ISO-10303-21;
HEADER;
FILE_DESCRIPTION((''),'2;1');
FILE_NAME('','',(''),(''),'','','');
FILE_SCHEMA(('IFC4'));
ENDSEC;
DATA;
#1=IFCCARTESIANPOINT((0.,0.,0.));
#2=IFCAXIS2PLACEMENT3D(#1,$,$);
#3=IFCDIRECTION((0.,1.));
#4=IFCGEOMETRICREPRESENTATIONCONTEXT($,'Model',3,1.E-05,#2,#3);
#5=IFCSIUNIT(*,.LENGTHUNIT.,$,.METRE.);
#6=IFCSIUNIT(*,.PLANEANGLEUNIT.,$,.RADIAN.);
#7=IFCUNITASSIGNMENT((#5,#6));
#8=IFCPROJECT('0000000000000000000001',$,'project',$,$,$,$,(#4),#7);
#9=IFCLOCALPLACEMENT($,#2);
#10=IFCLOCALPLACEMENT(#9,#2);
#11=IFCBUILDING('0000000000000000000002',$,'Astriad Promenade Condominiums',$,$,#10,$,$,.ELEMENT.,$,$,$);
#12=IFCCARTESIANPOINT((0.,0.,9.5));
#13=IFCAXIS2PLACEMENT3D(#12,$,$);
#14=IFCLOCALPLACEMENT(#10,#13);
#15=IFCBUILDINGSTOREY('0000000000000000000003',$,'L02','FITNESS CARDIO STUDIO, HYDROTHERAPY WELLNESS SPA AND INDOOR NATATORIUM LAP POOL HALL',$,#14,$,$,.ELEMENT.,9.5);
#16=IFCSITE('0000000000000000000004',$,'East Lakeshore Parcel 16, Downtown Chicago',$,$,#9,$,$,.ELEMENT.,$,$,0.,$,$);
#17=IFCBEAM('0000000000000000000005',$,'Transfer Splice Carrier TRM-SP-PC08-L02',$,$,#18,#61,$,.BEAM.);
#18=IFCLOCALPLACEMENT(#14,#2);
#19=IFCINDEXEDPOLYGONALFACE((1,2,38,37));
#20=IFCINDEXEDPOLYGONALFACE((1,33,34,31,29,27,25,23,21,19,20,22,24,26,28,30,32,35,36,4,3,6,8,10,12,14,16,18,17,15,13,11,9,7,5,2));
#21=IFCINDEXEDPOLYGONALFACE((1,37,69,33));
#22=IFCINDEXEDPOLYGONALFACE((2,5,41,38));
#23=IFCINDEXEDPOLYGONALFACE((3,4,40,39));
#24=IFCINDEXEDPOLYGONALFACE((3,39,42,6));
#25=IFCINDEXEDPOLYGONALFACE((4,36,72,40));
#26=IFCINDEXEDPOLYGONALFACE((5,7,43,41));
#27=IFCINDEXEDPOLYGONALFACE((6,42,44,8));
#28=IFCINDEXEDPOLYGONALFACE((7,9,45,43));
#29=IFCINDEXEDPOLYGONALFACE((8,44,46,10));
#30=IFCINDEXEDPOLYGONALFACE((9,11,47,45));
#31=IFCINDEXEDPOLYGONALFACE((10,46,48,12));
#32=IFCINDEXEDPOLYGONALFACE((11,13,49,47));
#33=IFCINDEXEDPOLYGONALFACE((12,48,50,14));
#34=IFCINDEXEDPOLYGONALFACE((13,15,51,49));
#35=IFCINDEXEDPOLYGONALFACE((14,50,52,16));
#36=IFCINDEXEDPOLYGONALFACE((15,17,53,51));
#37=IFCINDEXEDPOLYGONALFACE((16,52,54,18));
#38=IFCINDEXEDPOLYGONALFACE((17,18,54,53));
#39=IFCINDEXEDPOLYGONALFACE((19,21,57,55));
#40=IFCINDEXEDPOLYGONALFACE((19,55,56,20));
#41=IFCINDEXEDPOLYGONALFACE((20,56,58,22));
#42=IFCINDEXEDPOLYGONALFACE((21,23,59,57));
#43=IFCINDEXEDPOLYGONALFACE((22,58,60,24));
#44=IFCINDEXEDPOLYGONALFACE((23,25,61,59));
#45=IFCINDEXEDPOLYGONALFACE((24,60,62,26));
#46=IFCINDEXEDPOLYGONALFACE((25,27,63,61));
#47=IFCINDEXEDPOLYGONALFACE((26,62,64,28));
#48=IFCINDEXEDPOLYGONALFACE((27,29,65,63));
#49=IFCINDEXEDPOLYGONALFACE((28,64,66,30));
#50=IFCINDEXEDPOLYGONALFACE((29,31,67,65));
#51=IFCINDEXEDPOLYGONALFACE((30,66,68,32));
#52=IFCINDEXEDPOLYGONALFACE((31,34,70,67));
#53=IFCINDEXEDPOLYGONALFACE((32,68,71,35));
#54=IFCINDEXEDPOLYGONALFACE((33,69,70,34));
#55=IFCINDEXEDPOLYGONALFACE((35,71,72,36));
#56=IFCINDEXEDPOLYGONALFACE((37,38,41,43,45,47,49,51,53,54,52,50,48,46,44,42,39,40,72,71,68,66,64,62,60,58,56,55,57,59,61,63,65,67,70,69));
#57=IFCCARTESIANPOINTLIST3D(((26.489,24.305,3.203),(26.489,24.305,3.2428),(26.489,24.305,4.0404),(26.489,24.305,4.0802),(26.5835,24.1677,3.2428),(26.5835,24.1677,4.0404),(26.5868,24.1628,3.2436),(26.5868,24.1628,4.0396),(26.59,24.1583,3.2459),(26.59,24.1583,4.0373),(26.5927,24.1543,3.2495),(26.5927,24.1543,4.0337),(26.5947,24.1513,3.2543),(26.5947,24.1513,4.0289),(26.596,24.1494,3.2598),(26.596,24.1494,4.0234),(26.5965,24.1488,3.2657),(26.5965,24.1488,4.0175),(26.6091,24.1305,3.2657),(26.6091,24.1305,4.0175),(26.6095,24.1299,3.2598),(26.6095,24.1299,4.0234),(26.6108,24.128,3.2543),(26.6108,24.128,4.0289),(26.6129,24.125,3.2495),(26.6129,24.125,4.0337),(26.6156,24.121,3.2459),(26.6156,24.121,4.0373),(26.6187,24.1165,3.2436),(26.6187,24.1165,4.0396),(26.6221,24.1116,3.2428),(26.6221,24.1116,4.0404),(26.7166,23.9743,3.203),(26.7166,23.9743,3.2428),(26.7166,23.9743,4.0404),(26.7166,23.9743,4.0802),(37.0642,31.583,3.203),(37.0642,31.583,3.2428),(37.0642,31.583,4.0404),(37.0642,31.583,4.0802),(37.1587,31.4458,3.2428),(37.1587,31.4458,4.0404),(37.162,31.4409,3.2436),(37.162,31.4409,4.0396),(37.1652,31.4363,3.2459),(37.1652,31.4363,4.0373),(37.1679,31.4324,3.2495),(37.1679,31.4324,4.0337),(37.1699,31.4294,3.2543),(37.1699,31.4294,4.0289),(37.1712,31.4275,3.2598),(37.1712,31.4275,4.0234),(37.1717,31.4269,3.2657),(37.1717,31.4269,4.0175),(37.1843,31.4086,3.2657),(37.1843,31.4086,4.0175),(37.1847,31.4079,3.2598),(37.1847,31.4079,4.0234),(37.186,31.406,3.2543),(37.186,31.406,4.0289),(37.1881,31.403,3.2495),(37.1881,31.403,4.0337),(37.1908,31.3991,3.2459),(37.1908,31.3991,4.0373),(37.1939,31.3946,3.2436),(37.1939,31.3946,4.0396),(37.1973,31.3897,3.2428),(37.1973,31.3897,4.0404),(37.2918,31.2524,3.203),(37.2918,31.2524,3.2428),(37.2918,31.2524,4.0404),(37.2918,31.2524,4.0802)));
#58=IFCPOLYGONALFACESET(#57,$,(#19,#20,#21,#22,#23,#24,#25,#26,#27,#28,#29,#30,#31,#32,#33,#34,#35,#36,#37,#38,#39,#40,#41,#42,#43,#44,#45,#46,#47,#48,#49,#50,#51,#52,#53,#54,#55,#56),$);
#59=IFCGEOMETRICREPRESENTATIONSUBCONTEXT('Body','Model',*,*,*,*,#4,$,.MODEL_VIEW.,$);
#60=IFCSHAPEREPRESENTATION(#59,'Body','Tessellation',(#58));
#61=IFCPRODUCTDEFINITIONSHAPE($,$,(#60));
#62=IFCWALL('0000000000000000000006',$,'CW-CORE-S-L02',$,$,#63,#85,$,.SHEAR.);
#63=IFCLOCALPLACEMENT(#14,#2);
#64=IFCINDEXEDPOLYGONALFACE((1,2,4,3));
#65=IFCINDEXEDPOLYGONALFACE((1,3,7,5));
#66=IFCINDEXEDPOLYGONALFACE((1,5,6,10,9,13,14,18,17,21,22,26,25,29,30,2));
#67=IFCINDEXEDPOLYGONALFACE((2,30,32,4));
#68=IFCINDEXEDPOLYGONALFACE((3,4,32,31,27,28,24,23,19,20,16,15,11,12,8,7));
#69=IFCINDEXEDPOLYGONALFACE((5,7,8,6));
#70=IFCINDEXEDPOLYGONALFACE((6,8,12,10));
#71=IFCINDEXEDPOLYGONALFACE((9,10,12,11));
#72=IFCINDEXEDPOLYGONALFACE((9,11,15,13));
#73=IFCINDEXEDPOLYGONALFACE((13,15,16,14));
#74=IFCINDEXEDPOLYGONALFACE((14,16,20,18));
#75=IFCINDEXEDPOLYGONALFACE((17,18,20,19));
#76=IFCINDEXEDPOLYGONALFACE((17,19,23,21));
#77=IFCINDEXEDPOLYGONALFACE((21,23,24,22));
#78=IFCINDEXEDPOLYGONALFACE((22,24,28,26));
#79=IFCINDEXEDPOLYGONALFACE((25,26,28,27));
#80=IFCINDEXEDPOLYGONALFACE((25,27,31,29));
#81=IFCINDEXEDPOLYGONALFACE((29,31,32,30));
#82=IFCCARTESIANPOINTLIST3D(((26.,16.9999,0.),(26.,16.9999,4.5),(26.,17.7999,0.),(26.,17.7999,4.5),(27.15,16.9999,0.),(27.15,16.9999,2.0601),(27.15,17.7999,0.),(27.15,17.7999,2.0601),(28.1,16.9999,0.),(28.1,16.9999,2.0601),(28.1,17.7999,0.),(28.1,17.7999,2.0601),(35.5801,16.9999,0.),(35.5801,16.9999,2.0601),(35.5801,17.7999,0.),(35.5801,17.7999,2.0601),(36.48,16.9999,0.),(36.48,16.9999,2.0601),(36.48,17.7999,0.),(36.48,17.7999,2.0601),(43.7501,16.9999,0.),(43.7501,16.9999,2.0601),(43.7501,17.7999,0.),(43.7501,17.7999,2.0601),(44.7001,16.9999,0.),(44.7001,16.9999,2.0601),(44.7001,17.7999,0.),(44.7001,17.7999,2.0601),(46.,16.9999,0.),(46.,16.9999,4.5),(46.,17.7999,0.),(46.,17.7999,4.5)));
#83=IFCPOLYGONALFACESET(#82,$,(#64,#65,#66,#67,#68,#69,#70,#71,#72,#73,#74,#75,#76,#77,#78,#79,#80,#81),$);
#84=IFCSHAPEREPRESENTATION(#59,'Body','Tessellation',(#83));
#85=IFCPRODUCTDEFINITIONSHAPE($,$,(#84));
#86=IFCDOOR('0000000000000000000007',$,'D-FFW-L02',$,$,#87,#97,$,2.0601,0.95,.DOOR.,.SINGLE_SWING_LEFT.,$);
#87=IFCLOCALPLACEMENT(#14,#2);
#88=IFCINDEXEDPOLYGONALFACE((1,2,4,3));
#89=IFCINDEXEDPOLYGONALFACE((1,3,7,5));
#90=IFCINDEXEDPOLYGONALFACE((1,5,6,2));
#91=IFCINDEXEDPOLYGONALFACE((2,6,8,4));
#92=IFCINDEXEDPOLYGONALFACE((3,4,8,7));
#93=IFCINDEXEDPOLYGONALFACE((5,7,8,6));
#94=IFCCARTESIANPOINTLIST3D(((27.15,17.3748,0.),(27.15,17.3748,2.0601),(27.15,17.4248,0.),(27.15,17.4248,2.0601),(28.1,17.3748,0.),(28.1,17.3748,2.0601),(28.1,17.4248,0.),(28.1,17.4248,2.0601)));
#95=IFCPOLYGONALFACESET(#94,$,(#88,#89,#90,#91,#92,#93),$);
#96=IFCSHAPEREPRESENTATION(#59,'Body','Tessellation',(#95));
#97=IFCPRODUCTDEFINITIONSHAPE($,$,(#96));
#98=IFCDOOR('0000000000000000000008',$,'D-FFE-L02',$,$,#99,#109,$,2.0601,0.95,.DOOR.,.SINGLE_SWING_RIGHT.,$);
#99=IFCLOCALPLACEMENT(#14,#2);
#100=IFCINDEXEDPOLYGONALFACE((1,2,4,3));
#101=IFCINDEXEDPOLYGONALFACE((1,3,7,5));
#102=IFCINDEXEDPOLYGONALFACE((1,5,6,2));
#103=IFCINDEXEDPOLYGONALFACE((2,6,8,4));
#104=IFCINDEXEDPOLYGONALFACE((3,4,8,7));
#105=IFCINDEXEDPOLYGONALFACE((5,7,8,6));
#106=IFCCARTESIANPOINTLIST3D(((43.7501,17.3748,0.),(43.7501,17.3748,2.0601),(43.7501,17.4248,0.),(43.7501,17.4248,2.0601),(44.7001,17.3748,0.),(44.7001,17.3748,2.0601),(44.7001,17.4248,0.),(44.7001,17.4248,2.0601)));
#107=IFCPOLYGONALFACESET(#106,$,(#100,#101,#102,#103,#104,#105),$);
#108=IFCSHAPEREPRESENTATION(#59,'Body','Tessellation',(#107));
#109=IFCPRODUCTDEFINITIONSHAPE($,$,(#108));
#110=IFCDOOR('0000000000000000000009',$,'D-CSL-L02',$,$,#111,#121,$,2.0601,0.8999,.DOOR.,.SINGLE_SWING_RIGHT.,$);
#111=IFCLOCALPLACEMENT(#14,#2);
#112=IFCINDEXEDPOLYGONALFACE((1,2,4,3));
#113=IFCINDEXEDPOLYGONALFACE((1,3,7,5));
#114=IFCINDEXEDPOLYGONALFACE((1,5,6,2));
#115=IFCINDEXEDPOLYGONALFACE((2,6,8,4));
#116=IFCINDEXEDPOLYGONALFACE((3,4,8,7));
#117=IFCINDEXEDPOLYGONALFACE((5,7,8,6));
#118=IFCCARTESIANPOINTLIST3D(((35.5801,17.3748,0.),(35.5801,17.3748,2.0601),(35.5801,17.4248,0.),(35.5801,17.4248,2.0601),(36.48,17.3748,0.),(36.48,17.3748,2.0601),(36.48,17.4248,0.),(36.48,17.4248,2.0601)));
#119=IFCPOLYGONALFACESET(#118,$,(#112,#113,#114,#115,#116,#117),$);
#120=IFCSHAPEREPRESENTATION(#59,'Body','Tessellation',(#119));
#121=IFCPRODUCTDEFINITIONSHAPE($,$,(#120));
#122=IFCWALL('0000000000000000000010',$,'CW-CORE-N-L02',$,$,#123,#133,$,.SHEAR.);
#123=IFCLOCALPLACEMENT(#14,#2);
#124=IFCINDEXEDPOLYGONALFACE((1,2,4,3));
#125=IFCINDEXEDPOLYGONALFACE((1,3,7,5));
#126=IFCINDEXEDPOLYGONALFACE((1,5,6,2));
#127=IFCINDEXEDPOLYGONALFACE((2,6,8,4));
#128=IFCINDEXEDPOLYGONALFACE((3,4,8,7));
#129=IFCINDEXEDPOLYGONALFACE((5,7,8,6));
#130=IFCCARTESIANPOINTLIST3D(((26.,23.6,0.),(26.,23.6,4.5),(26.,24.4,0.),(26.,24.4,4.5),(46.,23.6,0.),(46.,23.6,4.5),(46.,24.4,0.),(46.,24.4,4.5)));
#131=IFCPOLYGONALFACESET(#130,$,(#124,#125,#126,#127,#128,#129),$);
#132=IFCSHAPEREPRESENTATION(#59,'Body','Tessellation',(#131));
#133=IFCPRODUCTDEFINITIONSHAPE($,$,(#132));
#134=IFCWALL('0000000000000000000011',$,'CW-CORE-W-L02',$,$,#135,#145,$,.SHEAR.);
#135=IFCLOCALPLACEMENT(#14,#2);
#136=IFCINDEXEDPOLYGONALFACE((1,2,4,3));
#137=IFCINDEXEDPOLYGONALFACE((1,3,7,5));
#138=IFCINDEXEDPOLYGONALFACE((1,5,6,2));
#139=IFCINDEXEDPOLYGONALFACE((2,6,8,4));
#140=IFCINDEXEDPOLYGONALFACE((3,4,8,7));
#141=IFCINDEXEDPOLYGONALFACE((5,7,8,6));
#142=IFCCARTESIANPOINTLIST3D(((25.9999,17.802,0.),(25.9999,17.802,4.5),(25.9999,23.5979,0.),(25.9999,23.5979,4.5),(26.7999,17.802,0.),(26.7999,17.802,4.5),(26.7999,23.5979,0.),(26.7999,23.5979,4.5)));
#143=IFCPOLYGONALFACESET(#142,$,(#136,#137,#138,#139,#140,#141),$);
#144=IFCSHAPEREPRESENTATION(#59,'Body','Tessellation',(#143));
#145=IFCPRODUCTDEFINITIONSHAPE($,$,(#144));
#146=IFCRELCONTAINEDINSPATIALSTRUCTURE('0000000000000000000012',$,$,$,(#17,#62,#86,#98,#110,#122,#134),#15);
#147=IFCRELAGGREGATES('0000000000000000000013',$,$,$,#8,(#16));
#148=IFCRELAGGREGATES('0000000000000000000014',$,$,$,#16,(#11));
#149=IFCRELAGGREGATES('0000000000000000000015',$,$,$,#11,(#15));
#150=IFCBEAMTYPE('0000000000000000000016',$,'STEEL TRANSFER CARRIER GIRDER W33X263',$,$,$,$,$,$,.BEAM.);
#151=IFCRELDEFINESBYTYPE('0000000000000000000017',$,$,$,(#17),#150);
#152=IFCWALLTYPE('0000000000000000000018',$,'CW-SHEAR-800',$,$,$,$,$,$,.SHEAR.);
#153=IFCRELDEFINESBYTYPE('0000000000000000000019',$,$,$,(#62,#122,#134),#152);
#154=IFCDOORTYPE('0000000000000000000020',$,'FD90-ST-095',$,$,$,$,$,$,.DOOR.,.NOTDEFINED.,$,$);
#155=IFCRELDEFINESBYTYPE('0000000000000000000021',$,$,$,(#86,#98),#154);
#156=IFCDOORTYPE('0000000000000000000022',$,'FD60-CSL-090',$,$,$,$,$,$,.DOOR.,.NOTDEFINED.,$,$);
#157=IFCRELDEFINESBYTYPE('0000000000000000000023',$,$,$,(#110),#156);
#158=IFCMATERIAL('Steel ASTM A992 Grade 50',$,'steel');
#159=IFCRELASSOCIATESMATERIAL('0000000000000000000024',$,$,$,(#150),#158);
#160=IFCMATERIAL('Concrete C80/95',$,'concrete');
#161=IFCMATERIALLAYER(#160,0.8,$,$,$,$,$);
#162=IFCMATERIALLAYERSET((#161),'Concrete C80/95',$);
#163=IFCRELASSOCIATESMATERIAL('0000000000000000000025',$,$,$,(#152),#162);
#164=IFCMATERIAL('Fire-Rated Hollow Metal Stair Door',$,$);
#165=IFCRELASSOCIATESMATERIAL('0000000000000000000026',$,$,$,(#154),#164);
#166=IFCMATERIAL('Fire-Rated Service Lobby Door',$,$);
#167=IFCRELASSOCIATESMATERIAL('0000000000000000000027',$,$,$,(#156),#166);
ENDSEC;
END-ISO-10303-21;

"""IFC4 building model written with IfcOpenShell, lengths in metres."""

from ifc_helpers import new_model, si_unit, direction, frame, frame_2d, origin, origin_2d, place, context, subcontext, project, spatial, rectangle, i_section, extrude, source, transform, mapped, material, layer, layer_set, material_profile, profile_set, type_object, type_shapes, element, fill, save


model = new_model("IFC4")

# Units and contexts
model_context = context("Model", 3, precision=1e-05, world=origin(), true_north=direction((0.0, 1.0)))
body_context = subcontext(model_context, "Body", "Model", "MODEL_VIEW")
ifc_project = project(units=[si_unit("LENGTHUNIT", "METRE"), si_unit("PLANEANGLEUNIT", "RADIAN")], contexts=[model_context])

# Site, building, storey
site_placement = place(None, origin())
site = spatial("IfcSite", under=ifc_project, at=site_placement, Name="East Lakeshore Parcel 16, Downtown Chicago", CompositionType="ELEMENT", RefElevation=0.0)
building_placement = place(site_placement, origin())
building = spatial("IfcBuilding", under=site, at=building_placement, Name="Astriad Promenade Condominiums", CompositionType="ELEMENT")
storey_placement = place(building_placement, frame((0.0, 0.0, 9.5)))
storey = spatial("IfcBuildingStorey", under=building, at=storey_placement, Name="L02", Description="FITNESS CARDIO STUDIO, HYDROTHERAPY WELLNESS SPA AND INDOOR NATATORIUM LAP POOL HALL", CompositionType="ELEMENT", Elevation=9.5)

# Shared definitions
ifc_material_1 = material(Name="Steel ASTM A992 Grade 50", Category="steel")

# Beam
ifc_material_2 = material(Name="Concrete C80/95", Category="concrete")
ifc_material_profile_1 = material_profile(ifc_material_1, i_section(OverallWidth=0.4014, OverallDepth=0.8772, WebThickness=0.0222, FlangeThickness=0.0398, FilletRadius=0.0229, at=origin_2d()), Name="W33X263")
ifc_profile_set_1 = profile_set([ifc_material_profile_1], Name="Steel ASTM A992 Grade 50")
beam_type_1 = type_object("IfcBeamType", Name="STEEL TRANSFER CARRIER GIRDER W33X263", PredefinedType="BEAM", material=ifc_profile_set_1)
shared_shape_1 = source(origin(), body_context, "Body", "SweptSolid", [
    extrude(i_section(OverallWidth=0.4014, OverallDepth=0.8772, WebThickness=0.0222, FlangeThickness=0.0398, FilletRadius=0.0229, at=origin_2d()), origin(), (0.0, 0.0, 1.0), 12.8376),
])
type_shapes(beam_type_1, [shared_shape_1])
beam_1_placement = place(storey_placement, frame((26.6028, 24.1396, 3.6416), z_axis=(0.823764, 0.566932, 0.0), x_axis=(-0.566932, 0.823764, 0.0)))
element("IfcBeam", 1, at=beam_1_placement, inside=storey, type_object=beam_type_1, Name="Transfer Splice Carrier TRM-SP-PC08-L02", PredefinedType="BEAM", context=body_context, shape_type="MappedRepresentation", body=[
    mapped(shared_shape_1, transform((0.0, 0.0, 0.0), scale=1.0)),
])

# Wall, openings, doors
ifc_layer_1 = layer(ifc_material_2, 0.8)
ifc_layer_set_1 = layer_set([ifc_layer_1], Name="Concrete C80/95")
wall_type_1 = type_object("IfcWallType", Name="CW-SHEAR-800", PredefinedType="SHEAR", material=ifc_layer_set_1)
wall_1_placement = place(storey_placement, frame((26.0, 17.3999, 0.0), z_axis=(0.0, 0.0, 1.0), x_axis=(1.0, 0.0, 0.0)))
wall_1 = element("IfcWall", 2, at=wall_1_placement, inside=storey, type_object=wall_type_1, Name="CW-CORE-S-L02", PredefinedType="SHEAR", context=body_context, shape_type="SweptSolid", body=[
    extrude(rectangle(XDim=20.0, YDim=0.8, at=frame_2d((10.0, 0.0))), origin(), (0.0, 0.0, 1.0), 4.5),
])
opening_1_placement = place(wall_1_placement, frame((1.1499, 0.0, 0.0)))
opening_1 = element("IfcOpeningElement", 3, at=opening_1_placement, cuts=wall_1, PredefinedType="OPENING", context=body_context, shape_type="SweptSolid", body=[
    extrude(rectangle(XDim=0.95, YDim=2.0601, at=frame_2d((0.4751, 1.03))), frame((0.0, 0.4099, 0.0), z_axis=(0.0, -1.0, 0.0), x_axis=(1.0, 0.0, 0.0)), (0.0, 0.0, 1.0), 0.8201),
])
opening_2_placement = place(wall_1_placement, frame((9.5801, 0.0, 0.0)))
opening_2 = element("IfcOpeningElement", 4, at=opening_2_placement, cuts=wall_1, PredefinedType="OPENING", context=body_context, shape_type="SweptSolid", body=[
    extrude(rectangle(XDim=0.8999, YDim=2.0601, at=frame_2d((0.45, 1.03))), frame((0.0, 0.4099, 0.0), z_axis=(0.0, -1.0, 0.0), x_axis=(1.0, 0.0, 0.0)), (0.0, 0.0, 1.0), 0.8201),
])
opening_3_placement = place(wall_1_placement, frame((17.75, 0.0, 0.0)))
opening_3 = element("IfcOpeningElement", 5, at=opening_3_placement, cuts=wall_1, PredefinedType="OPENING", context=body_context, shape_type="SweptSolid", body=[
    extrude(rectangle(XDim=0.95, YDim=2.0601, at=frame_2d((0.4751, 1.03))), frame((0.0, 0.4099, 0.0), z_axis=(0.0, -1.0, 0.0), x_axis=(1.0, 0.0, 0.0)), (0.0, 0.0, 1.0), 0.8201),
])
ifc_material_3 = material(Name="Fire-Rated Hollow Metal Stair Door")
door_type_1 = type_object("IfcDoorType", Name="FD90-ST-095", OperationType="NOTDEFINED", PredefinedType="DOOR", material=ifc_material_3)
shared_shape_2 = source(origin(), body_context, "Body", "SweptSolid", [
    extrude(rectangle(XDim=0.95, YDim=2.0601, at=frame_2d((0.4751, 1.03))), frame((0.0, 0.0249, 0.0), z_axis=(0.0, -1.0, 0.0), x_axis=(1.0, 0.0, 0.0)), (0.0, 0.0, 1.0), 0.05),
])
type_shapes(door_type_1, [shared_shape_2])
door_1_placement = place(opening_1_placement, origin())
door_1 = element("IfcDoor", 6, at=door_1_placement, inside=storey, type_object=door_type_1, Name="D-FFW-L02", OperationType="SINGLE_SWING_LEFT", OverallHeight=2.0601, OverallWidth=0.95, PredefinedType="DOOR", context=body_context, shape_type="MappedRepresentation", body=[
    mapped(shared_shape_2, transform((0.0, 0.0, 0.0), scale=1.0)),
])
fill(opening_1, door_1)
door_2_placement = place(opening_3_placement, origin())
door_2 = element("IfcDoor", 7, at=door_2_placement, inside=storey, type_object=door_type_1, Name="D-FFE-L02", OperationType="SINGLE_SWING_RIGHT", OverallHeight=2.0601, OverallWidth=0.95, PredefinedType="DOOR", context=body_context, shape_type="MappedRepresentation", body=[
    mapped(shared_shape_2, transform((0.0, 0.0, 0.0), scale=1.0)),
])
fill(opening_3, door_2)
ifc_material_4 = material(Name="Fire-Rated Service Lobby Door")
door_type_2 = type_object("IfcDoorType", Name="FD60-CSL-090", OperationType="NOTDEFINED", PredefinedType="DOOR", material=ifc_material_4)
shared_shape_3 = source(origin(), body_context, "Body", "SweptSolid", [
    extrude(rectangle(XDim=0.8999, YDim=2.0601, at=frame_2d((0.45, 1.03))), frame((0.0, 0.0249, 0.0), z_axis=(0.0, -1.0, 0.0), x_axis=(1.0, 0.0, 0.0)), (0.0, 0.0, 1.0), 0.05),
])
type_shapes(door_type_2, [shared_shape_3])
door_3_placement = place(opening_2_placement, origin())
door_3 = element("IfcDoor", 8, at=door_3_placement, inside=storey, type_object=door_type_2, Name="D-CSL-L02", OperationType="SINGLE_SWING_RIGHT", OverallHeight=2.0601, OverallWidth=0.8999, PredefinedType="DOOR", context=body_context, shape_type="MappedRepresentation", body=[
    mapped(shared_shape_3, transform((0.0, 0.0, 0.0), scale=1.0)),
])
fill(opening_2, door_3)

# Walls
wall_2_placement = place(storey_placement, frame((26.0, 24.0, 0.0), z_axis=(0.0, 0.0, 1.0), x_axis=(1.0, 0.0, 0.0)))
element("IfcWall", 9, at=wall_2_placement, inside=storey, type_object=wall_type_1, Name="CW-CORE-N-L02", PredefinedType="SHEAR", context=body_context, shape_type="SweptSolid", body=[
    extrude(rectangle(XDim=20.0, YDim=0.8, at=frame_2d((10.0, 0.0))), origin(), (0.0, 0.0, 1.0), 4.5),
])
wall_3_placement = place(storey_placement, frame((26.3999, 17.802, 0.0), z_axis=(0.0, 0.0, 1.0), x_axis=(0.0, 1.0, 0.0)))
element("IfcWall", 10, at=wall_3_placement, inside=storey, type_object=wall_type_1, Name="CW-CORE-W-L02", PredefinedType="SHEAR", context=body_context, shape_type="SweptSolid", body=[
    extrude(rectangle(XDim=5.7959, YDim=0.8, at=frame_2d((2.8979, 0.0))), origin(), (0.0, 0.0, 1.0), 4.5),
])

save(model, "model.ifc")
